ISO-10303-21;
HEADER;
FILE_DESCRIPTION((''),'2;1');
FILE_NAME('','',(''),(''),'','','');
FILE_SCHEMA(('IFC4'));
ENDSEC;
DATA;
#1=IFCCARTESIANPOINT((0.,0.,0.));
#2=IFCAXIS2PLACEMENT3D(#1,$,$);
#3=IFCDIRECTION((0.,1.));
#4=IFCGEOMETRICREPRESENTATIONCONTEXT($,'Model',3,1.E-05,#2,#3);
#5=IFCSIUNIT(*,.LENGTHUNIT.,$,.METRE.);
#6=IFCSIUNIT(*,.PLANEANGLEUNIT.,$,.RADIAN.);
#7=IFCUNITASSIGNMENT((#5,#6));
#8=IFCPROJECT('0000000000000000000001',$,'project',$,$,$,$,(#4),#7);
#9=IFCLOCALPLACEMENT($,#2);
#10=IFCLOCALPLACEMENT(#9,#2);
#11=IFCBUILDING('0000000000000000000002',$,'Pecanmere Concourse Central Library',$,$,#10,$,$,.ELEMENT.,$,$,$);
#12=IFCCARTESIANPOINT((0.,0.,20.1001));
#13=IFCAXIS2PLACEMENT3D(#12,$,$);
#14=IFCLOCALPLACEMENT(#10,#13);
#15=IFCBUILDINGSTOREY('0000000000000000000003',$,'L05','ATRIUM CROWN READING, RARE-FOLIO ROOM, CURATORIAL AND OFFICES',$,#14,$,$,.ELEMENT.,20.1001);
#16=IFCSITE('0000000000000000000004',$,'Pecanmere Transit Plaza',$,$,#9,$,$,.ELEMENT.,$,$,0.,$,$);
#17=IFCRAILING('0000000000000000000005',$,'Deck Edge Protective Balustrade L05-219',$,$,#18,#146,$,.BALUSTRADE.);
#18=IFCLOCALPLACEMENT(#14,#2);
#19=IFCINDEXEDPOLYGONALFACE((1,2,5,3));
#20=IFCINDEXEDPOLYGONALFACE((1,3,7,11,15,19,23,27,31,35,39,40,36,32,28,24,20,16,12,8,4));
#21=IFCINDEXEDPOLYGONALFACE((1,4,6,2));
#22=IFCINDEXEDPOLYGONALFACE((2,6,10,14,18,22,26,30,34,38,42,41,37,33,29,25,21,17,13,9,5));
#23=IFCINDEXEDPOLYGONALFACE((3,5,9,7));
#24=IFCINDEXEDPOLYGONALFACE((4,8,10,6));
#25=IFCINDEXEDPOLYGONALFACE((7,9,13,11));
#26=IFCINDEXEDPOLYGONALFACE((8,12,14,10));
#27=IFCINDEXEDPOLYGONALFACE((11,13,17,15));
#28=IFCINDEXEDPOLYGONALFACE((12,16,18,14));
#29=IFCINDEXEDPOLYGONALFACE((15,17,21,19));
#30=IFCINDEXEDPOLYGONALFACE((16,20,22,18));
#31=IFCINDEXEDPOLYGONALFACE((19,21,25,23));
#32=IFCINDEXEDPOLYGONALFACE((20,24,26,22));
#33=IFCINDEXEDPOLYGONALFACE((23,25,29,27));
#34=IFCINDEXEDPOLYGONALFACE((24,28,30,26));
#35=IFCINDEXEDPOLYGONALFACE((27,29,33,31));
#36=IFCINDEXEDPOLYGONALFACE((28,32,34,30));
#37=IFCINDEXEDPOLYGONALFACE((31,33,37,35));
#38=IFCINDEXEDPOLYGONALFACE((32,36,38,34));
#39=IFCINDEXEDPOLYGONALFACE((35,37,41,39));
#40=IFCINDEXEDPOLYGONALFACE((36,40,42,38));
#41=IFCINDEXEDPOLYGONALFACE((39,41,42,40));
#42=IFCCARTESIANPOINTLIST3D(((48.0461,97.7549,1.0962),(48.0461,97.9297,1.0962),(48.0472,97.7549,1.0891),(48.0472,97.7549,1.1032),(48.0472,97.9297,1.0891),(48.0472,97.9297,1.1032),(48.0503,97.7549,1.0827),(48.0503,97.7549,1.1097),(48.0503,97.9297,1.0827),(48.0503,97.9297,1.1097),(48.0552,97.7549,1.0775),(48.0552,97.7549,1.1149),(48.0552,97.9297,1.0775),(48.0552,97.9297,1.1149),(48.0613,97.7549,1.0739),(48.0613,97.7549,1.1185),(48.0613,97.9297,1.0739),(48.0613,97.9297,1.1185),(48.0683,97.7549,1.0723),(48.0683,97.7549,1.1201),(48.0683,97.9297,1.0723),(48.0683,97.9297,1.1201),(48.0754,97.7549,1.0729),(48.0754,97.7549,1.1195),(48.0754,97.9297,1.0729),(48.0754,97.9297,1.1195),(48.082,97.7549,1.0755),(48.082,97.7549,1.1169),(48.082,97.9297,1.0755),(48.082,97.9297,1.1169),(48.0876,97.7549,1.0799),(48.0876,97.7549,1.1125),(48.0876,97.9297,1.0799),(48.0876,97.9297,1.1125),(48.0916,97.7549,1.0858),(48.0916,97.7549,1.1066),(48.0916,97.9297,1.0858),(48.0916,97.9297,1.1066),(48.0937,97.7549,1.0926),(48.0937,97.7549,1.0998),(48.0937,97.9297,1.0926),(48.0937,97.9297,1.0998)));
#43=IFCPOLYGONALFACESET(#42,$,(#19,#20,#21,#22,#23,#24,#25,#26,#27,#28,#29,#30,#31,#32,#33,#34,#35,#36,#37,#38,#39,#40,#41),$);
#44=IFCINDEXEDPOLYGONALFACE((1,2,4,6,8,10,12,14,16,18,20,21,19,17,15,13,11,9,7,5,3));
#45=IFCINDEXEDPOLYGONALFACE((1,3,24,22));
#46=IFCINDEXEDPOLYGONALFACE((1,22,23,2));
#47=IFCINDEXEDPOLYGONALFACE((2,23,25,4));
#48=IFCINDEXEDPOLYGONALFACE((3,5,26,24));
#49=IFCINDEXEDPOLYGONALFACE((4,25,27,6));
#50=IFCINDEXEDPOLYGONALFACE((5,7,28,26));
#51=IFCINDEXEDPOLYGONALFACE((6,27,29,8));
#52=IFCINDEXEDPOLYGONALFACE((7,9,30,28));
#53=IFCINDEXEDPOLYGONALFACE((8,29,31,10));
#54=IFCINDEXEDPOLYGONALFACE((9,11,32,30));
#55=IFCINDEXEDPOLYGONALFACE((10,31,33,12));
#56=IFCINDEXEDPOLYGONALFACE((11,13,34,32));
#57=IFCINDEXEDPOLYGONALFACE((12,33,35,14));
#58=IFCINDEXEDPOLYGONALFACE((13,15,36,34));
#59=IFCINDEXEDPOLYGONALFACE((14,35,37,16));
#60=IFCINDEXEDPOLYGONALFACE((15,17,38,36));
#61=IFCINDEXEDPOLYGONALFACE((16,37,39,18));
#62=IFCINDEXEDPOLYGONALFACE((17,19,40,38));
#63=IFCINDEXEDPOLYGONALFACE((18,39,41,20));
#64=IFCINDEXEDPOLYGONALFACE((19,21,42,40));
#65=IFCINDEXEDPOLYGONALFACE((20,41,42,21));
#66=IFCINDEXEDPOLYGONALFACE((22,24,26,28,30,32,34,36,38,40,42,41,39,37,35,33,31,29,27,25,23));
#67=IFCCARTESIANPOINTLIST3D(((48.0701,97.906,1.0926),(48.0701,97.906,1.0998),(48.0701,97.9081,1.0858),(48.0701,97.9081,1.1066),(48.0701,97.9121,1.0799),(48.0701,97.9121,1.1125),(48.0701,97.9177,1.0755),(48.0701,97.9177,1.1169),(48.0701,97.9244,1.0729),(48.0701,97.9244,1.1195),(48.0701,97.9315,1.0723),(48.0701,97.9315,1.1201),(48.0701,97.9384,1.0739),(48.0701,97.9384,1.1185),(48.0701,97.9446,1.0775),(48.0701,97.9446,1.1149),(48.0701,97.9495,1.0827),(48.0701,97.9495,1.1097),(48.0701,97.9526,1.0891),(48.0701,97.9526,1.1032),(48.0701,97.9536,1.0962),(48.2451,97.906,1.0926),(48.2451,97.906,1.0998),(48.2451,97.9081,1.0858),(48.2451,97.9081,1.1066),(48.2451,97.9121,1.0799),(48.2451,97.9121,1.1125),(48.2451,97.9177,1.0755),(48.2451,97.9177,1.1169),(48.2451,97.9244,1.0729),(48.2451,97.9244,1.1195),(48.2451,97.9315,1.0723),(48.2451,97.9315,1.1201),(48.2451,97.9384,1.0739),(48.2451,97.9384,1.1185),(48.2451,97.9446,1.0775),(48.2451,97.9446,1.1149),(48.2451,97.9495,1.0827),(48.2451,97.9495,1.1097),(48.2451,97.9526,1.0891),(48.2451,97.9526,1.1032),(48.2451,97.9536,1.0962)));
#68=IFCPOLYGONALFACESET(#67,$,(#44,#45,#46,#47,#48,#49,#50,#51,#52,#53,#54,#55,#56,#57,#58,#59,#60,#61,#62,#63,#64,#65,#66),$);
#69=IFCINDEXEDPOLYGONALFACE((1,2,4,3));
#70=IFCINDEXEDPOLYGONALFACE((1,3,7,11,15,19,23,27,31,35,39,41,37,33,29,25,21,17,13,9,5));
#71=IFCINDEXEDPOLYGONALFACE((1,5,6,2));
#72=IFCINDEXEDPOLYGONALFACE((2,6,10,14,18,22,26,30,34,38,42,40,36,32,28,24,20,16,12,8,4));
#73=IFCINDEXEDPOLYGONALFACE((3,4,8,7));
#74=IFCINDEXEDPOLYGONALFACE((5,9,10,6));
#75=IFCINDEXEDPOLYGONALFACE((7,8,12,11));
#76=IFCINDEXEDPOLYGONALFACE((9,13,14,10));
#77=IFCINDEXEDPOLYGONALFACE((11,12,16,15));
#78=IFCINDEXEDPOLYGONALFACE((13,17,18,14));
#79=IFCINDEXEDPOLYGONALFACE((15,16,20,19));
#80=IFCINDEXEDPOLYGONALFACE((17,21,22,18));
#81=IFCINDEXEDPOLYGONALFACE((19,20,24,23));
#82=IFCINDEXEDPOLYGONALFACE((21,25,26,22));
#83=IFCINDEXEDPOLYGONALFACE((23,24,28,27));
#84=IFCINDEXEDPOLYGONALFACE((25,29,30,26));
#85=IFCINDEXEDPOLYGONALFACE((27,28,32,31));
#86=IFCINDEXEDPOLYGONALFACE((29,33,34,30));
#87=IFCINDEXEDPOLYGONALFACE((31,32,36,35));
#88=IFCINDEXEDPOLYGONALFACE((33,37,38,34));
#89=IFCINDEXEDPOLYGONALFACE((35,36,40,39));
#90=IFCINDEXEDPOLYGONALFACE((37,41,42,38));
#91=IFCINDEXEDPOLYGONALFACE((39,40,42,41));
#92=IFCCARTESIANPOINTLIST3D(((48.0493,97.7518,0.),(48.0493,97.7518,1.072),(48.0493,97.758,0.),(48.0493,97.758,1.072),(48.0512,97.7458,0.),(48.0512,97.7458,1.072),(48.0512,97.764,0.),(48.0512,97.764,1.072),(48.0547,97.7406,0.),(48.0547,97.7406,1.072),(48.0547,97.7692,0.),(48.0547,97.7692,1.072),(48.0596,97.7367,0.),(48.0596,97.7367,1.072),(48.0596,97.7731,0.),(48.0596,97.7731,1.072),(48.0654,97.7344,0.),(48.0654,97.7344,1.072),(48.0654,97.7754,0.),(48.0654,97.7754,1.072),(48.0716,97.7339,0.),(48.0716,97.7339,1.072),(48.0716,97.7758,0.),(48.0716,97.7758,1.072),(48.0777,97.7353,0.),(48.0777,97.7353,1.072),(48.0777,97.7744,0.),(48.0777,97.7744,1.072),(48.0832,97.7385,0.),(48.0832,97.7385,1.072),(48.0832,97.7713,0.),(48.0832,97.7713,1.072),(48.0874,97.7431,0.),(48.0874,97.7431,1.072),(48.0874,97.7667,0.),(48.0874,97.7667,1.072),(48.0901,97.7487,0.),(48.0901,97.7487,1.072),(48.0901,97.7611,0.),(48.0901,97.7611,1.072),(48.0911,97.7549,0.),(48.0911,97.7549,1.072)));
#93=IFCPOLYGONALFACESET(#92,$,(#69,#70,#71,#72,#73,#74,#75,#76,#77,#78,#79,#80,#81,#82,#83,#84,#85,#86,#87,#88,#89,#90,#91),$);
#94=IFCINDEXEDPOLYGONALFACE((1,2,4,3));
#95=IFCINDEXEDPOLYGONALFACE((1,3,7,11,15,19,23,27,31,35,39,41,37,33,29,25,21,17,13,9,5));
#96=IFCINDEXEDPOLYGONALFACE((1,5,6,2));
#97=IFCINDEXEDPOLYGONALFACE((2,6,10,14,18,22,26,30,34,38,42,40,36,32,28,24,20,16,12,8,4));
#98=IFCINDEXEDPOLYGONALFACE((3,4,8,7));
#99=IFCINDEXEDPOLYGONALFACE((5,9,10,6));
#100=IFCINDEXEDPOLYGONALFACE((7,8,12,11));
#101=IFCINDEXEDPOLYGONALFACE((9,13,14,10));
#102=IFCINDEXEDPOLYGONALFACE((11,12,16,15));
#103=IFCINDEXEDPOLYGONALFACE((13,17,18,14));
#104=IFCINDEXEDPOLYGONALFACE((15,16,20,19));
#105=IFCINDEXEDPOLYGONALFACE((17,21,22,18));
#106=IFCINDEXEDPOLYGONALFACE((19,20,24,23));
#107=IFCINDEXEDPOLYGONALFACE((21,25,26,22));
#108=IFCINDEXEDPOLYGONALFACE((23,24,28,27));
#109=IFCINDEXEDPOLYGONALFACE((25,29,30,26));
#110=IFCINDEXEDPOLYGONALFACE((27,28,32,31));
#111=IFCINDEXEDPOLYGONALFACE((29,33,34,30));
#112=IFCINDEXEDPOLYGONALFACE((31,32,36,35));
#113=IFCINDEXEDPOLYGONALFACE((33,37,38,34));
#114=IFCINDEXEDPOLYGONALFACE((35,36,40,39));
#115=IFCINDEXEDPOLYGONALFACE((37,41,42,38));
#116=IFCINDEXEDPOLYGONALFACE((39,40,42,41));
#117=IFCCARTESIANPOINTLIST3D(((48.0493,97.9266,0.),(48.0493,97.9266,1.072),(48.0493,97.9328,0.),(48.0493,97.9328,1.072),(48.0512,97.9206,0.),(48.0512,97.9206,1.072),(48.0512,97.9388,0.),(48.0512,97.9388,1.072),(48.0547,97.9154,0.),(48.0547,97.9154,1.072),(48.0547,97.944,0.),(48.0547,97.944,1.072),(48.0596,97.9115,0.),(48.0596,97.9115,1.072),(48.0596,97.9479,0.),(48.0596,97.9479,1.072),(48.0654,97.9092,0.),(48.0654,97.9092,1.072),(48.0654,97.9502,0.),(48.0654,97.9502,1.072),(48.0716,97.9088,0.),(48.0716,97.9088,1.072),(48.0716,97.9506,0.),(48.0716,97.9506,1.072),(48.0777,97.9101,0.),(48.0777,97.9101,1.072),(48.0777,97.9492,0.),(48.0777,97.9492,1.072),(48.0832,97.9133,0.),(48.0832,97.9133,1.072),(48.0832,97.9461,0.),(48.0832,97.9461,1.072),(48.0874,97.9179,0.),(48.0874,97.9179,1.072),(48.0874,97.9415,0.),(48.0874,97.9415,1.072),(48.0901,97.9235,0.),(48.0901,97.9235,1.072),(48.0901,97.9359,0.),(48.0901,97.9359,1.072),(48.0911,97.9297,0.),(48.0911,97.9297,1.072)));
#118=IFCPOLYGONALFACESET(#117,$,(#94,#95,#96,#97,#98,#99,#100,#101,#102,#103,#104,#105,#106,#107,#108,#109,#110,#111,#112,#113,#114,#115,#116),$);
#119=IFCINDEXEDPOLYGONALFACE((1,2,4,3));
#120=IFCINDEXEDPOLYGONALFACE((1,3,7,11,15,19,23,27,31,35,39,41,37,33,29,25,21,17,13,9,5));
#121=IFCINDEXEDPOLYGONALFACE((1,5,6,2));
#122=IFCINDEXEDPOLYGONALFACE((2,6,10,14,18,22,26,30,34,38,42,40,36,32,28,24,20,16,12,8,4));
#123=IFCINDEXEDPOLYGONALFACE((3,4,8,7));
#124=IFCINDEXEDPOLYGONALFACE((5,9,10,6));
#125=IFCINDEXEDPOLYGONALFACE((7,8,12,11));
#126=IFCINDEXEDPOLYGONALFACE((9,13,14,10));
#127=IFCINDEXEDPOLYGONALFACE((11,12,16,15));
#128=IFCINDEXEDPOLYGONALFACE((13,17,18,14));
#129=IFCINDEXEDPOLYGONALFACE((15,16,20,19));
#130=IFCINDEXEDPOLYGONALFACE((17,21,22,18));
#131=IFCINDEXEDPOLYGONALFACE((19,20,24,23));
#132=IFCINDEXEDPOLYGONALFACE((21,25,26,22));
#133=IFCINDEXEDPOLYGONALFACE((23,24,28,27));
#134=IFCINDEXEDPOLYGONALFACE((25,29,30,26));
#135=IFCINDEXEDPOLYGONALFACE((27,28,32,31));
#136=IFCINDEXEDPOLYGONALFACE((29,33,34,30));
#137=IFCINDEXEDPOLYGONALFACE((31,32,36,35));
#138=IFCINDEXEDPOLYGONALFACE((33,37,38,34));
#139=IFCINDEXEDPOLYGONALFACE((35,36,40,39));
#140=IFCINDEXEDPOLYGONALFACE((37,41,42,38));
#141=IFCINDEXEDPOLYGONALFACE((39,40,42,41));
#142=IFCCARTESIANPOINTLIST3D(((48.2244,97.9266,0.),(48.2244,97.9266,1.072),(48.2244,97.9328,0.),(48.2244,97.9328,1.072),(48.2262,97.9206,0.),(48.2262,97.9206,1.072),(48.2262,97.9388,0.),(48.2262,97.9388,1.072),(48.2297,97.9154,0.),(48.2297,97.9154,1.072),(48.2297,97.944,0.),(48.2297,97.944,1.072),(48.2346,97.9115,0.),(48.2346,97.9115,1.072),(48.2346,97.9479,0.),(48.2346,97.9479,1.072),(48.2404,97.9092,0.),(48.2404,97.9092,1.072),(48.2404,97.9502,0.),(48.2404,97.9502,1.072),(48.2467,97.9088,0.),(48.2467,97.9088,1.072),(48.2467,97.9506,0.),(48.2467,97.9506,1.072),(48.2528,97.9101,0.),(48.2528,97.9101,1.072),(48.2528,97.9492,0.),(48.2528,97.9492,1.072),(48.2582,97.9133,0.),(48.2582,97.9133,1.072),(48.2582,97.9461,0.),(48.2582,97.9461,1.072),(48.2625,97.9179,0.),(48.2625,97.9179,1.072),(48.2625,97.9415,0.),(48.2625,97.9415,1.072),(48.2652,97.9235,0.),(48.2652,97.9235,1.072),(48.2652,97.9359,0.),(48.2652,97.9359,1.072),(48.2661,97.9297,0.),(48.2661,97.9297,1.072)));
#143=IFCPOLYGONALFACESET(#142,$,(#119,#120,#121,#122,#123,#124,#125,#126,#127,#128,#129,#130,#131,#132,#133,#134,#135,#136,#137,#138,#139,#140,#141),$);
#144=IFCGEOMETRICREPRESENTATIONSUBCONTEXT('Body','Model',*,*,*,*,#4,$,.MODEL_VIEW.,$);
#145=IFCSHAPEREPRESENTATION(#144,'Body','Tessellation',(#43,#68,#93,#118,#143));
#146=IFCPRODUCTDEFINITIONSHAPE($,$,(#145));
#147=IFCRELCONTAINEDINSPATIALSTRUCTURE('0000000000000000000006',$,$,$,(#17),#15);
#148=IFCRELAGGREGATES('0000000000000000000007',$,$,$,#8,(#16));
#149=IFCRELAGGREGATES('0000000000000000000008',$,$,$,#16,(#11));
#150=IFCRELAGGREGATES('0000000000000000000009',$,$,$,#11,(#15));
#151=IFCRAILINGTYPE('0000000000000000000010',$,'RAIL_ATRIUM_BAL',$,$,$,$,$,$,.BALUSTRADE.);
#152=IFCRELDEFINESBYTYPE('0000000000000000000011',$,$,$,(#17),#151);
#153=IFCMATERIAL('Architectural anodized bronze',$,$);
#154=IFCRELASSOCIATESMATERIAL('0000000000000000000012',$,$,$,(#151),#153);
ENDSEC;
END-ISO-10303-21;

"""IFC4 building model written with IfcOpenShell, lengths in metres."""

from ifc_helpers import new_model, si_unit, direction, frame, origin, origin_2d, place, context, subcontext, project, spatial, circle, extrude, material, type_object, element, save


model = new_model("IFC4")

# Units and contexts
model_context = context("Model", 3, precision=1e-05, world=origin(), true_north=direction((0.0, 1.0)))
body_context = subcontext(model_context, "Body", "Model", "MODEL_VIEW")
ifc_project = project(units=[si_unit("LENGTHUNIT", "METRE"), si_unit("PLANEANGLEUNIT", "RADIAN")], contexts=[model_context])

# Site, building, storey
site_placement = place(None, origin())
site = spatial("IfcSite", under=ifc_project, at=site_placement, Name="Pecanmere Transit Plaza", CompositionType="ELEMENT", RefElevation=0.0)
building_placement = place(site_placement, origin())
building = spatial("IfcBuilding", under=site, at=building_placement, Name="Pecanmere Concourse Central Library", CompositionType="ELEMENT")
storey_placement = place(building_placement, frame((0.0, 0.0, 20.1001)))
storey = spatial("IfcBuildingStorey", under=building, at=storey_placement, Name="L05", Description="ATRIUM CROWN READING, RARE-FOLIO ROOM, CURATORIAL AND OFFICES", CompositionType="ELEMENT", Elevation=20.1001)

# Railing
ifc_material_1 = material(Name="Architectural anodized bronze")
railing_type = type_object("IfcRailingType", Name="RAIL_ATRIUM_BAL", PredefinedType="BALUSTRADE", material=ifc_material_1)
railing_1_placement = place(storey_placement, frame((48.0701, 97.7549, 0.0)))
element("IfcRailing", 1, at=railing_1_placement, inside=storey, type_object=railing_type, Name="Deck Edge Protective Balustrade L05-219", PredefinedType="BALUSTRADE", context=body_context, shape_type="SweptSolid", body=[
    extrude(circle(Radius=0.0239, at=origin_2d()), frame((0.0, 0.0, 1.0962), z_axis=(0.0, 1.0, 0.0), x_axis=(-1.0, 0.0, 0.0)), (0.0, 0.0, 1.0), 0.1748),
    extrude(circle(Radius=0.0239, at=origin_2d()), frame((0.0, 0.1748, 1.0962), z_axis=(1.0, 0.0, 0.0), x_axis=(0.0, 1.0, 0.0)), (0.0, 0.0, 1.0), 0.175),
    extrude(circle(Radius=0.021, at=origin_2d()), origin(), (0.0, 0.0, 1.0), 1.072),
    extrude(circle(Radius=0.021, at=origin_2d()), frame((0.0, 0.1748, 0.0)), (0.0, 0.0, 1.0), 1.072),
    extrude(circle(Radius=0.021, at=origin_2d()), frame((0.175, 0.1748, 0.0)), (0.0, 0.0, 1.0), 1.072),
])

save(model, "model.ifc")
